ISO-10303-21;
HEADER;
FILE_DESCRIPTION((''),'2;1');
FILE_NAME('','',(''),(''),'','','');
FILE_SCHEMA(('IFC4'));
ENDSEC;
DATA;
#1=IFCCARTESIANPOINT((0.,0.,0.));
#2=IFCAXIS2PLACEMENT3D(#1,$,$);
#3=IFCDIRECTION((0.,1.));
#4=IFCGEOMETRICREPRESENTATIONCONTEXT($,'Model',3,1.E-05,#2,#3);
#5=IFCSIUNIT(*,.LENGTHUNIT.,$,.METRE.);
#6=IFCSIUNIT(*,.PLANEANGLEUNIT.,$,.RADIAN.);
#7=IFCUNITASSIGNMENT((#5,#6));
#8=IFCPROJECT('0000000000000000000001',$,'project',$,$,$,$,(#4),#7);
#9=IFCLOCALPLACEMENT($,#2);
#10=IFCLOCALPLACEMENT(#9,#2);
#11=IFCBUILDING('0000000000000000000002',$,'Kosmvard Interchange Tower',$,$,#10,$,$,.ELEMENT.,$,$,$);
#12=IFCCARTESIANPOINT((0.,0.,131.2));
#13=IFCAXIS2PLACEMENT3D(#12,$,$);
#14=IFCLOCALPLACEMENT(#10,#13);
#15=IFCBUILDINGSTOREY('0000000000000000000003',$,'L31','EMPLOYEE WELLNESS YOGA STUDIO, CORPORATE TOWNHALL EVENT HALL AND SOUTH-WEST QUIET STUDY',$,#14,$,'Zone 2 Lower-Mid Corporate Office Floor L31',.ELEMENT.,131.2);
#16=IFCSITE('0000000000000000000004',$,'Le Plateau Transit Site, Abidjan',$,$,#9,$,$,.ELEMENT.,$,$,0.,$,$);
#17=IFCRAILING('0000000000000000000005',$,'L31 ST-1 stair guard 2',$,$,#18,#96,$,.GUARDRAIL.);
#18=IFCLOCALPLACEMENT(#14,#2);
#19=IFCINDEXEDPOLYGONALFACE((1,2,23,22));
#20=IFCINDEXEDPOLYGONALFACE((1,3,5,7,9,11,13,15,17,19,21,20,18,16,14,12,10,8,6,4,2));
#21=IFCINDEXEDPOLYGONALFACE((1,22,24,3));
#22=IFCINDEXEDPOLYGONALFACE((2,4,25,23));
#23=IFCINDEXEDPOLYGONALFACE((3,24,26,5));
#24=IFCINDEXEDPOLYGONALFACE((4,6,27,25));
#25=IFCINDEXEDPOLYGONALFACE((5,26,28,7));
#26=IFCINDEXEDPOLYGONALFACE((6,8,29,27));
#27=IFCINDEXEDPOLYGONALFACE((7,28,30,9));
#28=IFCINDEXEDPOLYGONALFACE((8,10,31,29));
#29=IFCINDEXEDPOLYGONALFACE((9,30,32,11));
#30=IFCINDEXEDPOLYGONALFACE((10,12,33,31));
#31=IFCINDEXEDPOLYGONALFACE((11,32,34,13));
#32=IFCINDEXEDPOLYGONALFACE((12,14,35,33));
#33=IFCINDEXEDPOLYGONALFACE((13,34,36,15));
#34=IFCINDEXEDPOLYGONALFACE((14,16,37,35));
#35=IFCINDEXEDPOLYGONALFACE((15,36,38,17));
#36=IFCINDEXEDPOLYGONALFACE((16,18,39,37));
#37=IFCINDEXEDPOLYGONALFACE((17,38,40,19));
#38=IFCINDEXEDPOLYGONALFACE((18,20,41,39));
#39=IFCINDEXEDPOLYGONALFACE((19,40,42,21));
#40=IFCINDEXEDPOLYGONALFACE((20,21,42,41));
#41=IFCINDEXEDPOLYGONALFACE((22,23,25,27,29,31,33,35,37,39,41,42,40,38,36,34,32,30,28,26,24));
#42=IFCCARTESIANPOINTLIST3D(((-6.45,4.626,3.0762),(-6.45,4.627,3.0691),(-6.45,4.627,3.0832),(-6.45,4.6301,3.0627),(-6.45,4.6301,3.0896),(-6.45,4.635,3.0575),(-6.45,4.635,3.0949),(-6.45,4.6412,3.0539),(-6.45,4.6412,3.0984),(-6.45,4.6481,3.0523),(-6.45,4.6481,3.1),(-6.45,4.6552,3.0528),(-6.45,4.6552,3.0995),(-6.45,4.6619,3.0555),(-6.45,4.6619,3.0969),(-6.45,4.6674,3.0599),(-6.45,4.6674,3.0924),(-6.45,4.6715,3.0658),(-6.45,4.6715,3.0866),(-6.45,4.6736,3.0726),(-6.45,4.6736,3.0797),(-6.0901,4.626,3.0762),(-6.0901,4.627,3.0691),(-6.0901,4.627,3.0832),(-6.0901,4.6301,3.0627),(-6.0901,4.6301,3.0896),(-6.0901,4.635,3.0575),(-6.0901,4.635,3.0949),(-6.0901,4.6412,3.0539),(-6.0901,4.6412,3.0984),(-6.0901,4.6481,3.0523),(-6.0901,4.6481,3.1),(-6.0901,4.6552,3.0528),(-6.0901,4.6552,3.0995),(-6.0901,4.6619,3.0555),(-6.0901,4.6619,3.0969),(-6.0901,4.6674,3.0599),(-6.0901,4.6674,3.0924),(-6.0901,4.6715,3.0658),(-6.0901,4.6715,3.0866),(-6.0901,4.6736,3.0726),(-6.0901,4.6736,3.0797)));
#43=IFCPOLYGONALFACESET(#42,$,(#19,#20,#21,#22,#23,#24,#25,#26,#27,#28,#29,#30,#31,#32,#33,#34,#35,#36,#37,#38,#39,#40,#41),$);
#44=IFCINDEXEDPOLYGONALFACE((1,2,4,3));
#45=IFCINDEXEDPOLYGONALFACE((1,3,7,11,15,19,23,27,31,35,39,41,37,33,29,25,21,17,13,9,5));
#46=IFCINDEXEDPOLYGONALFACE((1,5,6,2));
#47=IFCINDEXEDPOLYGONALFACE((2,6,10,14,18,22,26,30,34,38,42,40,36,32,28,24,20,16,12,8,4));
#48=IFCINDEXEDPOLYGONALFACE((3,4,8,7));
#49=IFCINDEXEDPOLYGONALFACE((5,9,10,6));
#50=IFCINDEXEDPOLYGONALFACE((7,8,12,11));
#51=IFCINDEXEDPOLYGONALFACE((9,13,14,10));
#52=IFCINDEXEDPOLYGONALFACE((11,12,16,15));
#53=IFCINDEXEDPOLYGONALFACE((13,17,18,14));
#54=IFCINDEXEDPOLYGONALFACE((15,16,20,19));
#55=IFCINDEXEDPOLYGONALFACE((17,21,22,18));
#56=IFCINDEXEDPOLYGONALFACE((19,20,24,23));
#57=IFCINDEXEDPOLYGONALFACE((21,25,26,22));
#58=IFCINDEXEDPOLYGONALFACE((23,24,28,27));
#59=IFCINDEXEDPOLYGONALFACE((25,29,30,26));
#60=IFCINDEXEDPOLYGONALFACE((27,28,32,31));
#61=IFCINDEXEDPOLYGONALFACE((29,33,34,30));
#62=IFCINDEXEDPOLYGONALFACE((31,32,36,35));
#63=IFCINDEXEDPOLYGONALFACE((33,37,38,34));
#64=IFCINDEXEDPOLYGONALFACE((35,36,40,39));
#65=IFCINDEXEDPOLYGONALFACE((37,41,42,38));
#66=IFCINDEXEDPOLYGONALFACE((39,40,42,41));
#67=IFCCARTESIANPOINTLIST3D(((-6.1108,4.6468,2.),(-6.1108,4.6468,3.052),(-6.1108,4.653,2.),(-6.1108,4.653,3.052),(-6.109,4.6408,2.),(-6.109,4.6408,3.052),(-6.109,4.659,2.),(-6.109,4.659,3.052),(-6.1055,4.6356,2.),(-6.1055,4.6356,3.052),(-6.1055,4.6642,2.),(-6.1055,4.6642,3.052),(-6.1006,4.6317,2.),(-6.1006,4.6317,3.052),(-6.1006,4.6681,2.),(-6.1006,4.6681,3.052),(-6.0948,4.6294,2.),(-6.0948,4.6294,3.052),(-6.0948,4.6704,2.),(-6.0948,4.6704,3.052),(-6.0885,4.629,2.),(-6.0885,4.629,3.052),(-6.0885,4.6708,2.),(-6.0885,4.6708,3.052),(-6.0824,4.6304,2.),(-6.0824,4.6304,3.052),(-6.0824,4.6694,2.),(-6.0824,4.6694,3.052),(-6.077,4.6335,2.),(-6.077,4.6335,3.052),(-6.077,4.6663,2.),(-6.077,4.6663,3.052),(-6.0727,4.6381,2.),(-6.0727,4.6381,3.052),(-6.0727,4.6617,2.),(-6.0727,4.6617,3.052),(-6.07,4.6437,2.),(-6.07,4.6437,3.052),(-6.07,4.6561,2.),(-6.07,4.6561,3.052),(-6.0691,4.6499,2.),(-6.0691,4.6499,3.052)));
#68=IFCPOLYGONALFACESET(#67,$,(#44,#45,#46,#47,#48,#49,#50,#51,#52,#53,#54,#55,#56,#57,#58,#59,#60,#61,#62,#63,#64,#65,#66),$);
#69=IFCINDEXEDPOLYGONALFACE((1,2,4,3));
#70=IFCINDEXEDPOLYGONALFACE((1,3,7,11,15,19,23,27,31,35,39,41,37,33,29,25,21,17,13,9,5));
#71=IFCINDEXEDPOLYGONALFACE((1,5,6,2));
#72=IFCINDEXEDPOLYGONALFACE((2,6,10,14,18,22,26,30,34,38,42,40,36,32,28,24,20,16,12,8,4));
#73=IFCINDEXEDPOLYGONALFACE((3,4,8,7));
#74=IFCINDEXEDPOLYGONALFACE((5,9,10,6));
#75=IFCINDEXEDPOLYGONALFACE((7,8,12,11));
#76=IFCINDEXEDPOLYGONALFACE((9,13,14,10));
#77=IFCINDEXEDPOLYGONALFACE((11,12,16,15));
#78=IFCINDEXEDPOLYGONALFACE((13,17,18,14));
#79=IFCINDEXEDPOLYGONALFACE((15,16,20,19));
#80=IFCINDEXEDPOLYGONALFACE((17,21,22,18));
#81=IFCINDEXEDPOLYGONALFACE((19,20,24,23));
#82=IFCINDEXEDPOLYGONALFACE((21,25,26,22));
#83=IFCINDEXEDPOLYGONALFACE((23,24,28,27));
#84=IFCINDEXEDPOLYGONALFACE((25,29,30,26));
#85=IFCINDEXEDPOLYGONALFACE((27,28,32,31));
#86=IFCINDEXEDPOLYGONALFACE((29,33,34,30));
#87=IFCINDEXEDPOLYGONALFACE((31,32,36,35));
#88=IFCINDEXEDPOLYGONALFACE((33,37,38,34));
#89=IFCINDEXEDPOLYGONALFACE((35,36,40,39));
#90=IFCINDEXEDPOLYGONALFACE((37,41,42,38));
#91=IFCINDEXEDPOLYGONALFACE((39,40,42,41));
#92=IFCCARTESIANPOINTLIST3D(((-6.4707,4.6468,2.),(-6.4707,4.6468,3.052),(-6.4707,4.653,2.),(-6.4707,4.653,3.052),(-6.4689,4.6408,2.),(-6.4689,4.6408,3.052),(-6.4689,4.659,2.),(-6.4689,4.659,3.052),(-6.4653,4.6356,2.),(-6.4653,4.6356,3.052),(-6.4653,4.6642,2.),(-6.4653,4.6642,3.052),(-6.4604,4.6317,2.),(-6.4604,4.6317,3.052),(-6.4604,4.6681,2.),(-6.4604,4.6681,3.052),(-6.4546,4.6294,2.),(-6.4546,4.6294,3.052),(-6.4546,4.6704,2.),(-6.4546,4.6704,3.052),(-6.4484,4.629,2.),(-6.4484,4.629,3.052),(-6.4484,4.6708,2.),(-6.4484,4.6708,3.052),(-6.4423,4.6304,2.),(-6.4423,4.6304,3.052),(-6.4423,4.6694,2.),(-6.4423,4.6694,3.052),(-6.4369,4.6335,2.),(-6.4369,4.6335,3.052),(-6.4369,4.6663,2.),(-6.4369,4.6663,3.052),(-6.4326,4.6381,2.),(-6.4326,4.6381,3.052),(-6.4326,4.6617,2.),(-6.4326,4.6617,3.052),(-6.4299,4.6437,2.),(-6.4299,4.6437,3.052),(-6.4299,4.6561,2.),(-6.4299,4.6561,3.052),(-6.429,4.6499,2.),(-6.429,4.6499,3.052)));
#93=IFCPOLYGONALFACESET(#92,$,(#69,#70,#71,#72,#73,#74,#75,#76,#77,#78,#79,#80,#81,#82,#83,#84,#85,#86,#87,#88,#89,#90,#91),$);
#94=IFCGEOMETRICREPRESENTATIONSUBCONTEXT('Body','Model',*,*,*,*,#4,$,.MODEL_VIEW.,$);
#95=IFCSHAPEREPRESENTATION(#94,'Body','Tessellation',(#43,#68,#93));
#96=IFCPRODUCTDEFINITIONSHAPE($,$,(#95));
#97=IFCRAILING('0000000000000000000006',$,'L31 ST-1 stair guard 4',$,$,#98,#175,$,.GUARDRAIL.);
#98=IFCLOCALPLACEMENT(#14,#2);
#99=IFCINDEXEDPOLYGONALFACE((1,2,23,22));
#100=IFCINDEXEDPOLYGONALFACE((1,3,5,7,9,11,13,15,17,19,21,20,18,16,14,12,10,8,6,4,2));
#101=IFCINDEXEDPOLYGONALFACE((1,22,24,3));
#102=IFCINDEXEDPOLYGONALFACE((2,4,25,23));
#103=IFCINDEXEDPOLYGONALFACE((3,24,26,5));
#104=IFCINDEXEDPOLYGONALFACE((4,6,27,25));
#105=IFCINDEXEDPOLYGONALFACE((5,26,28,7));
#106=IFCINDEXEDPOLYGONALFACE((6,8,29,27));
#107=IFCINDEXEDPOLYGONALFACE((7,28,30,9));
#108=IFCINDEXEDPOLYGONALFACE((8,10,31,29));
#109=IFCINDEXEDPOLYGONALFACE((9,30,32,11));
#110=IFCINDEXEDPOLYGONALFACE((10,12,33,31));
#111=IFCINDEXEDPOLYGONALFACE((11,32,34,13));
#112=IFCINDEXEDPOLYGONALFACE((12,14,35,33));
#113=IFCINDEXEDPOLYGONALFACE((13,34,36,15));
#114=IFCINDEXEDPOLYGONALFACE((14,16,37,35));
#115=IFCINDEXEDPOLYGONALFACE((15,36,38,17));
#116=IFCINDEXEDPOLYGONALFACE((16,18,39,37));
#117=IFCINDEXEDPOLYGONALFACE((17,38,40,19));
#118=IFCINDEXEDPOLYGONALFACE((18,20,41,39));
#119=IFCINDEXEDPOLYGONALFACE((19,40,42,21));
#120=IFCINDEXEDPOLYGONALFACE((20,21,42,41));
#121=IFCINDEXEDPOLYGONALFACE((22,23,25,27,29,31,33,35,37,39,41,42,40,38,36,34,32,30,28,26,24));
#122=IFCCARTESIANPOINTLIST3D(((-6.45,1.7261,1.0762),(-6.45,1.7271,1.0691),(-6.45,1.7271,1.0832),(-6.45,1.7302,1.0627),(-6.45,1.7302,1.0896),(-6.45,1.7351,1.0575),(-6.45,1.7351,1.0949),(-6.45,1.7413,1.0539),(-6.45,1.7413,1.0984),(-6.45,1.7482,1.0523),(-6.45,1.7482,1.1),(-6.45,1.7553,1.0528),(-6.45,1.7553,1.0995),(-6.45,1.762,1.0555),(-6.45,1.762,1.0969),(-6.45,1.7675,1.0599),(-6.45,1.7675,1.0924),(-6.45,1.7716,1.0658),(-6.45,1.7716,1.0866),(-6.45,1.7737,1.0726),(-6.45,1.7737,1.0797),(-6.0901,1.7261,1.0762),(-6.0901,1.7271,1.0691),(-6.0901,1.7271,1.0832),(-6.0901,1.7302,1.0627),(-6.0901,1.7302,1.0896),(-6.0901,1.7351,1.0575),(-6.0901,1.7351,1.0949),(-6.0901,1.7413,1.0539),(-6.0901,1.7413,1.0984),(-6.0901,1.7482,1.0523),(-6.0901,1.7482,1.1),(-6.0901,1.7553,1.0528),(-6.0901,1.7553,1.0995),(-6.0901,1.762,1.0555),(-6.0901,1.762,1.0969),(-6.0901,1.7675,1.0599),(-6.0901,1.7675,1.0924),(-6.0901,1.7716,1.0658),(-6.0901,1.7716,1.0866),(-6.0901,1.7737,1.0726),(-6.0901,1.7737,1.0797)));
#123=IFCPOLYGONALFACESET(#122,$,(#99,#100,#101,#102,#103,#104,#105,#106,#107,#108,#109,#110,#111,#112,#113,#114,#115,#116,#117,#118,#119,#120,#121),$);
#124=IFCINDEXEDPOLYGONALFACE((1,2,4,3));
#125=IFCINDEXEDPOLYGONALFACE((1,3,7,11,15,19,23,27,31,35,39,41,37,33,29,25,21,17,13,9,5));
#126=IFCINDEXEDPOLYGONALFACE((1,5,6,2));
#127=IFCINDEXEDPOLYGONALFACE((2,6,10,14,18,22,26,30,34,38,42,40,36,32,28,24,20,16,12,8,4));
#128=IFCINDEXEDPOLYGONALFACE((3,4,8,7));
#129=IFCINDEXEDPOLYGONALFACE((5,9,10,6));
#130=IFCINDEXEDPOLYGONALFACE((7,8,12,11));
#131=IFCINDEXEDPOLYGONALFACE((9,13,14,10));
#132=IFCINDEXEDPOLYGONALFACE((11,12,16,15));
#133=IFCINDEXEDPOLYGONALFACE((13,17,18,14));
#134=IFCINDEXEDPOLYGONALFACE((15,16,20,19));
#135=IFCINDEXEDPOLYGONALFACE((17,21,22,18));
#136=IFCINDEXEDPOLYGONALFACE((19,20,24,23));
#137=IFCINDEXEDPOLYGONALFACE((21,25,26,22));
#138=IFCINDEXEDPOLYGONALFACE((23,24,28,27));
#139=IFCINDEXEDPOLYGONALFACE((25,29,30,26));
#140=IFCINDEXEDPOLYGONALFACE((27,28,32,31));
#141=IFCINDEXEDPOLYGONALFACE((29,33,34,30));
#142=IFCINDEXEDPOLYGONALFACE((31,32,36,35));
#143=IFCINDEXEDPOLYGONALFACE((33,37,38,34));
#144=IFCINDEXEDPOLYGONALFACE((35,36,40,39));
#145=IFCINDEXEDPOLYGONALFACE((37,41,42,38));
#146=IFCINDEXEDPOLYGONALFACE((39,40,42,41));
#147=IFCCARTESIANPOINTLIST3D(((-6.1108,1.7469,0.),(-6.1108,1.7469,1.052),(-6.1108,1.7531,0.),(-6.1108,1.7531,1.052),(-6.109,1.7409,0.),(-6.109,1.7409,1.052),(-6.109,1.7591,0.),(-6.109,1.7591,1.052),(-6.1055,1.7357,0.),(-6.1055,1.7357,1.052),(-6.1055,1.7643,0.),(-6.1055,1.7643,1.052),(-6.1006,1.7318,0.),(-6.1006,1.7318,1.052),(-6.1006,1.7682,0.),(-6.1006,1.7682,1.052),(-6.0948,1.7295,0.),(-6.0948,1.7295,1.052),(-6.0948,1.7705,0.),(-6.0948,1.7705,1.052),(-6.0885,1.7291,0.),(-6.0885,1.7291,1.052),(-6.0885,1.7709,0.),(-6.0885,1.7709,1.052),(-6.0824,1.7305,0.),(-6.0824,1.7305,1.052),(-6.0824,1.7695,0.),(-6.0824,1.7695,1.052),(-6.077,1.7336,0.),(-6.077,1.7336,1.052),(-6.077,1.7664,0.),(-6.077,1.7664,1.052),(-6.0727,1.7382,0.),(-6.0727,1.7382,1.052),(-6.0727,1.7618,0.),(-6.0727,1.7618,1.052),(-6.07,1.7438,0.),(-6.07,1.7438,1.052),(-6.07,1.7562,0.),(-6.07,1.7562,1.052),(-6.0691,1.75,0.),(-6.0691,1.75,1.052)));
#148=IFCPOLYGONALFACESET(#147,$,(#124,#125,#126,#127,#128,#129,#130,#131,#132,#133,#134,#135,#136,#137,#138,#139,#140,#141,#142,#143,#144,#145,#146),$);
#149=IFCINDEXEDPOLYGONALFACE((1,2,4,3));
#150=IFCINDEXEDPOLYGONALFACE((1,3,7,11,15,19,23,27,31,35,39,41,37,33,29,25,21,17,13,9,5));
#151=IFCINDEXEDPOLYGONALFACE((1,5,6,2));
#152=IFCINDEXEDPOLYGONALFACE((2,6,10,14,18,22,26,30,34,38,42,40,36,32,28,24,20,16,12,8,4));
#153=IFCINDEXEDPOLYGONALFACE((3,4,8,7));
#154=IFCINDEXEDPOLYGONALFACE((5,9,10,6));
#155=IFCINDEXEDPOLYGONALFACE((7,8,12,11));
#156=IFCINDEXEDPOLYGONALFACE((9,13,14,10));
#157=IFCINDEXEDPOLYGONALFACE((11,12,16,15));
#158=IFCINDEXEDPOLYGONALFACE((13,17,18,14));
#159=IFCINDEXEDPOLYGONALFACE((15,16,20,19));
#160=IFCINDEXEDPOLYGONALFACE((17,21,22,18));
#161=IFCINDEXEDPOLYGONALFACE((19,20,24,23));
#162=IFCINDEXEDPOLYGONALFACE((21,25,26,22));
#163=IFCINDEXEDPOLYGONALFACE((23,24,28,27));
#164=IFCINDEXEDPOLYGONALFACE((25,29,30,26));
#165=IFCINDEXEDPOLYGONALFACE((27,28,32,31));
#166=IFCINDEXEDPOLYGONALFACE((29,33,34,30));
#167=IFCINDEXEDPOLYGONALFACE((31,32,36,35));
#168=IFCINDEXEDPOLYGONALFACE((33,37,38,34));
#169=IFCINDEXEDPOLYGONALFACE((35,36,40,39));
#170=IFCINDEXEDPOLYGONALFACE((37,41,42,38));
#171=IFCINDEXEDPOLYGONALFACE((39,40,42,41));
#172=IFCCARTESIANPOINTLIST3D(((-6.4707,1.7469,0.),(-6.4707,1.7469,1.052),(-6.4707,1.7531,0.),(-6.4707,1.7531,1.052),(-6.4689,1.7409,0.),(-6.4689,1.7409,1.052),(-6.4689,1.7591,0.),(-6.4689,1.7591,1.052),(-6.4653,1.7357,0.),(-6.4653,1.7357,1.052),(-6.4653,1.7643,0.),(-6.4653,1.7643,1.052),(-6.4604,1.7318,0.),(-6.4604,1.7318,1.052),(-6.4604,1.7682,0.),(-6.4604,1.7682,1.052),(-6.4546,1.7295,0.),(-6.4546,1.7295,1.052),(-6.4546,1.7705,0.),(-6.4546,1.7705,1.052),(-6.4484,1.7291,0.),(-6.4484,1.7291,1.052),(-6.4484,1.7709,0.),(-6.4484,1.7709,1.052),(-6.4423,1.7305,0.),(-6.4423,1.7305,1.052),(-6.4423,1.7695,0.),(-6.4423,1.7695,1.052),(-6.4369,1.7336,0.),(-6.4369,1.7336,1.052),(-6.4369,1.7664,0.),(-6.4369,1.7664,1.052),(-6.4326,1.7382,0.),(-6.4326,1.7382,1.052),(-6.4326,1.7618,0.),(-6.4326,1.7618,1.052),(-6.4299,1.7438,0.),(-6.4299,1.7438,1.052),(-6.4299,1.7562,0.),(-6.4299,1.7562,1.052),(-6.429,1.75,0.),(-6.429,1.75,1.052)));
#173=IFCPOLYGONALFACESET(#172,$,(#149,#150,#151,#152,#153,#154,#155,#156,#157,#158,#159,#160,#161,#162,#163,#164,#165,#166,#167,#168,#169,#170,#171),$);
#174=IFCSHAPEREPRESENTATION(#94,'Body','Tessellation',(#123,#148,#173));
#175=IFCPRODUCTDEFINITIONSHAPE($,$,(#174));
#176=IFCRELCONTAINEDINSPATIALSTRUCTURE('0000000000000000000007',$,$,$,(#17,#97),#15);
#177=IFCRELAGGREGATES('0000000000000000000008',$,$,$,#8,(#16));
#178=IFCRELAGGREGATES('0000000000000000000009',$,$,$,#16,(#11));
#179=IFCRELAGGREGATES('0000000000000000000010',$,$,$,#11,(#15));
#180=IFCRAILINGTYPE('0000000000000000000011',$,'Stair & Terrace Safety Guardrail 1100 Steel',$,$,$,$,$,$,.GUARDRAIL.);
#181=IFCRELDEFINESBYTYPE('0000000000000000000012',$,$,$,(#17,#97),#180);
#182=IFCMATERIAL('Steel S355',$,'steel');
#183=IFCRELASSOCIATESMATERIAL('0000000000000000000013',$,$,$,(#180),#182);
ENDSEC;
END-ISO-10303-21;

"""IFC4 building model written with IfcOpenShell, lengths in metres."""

from ifc_helpers import new_model, si_unit, direction, frame, origin, origin_2d, place, context, subcontext, project, spatial, circle, extrude, source, transform, mapped, material, type_object, element, save


model = new_model("IFC4")

# Units and contexts
model_context = context("Model", 3, precision=1e-05, world=origin(), true_north=direction((0.0, 1.0)))
body_context = subcontext(model_context, "Body", "Model", "MODEL_VIEW")
ifc_project = project(units=[si_unit("LENGTHUNIT", "METRE"), si_unit("PLANEANGLEUNIT", "RADIAN")], contexts=[model_context])

# Site, building, storey
site_placement = place(None, origin())
site = spatial("IfcSite", under=ifc_project, at=site_placement, Name="Le Plateau Transit Site, Abidjan", CompositionType="ELEMENT", RefElevation=0.0)
building_placement = place(site_placement, origin())
building = spatial("IfcBuilding", under=site, at=building_placement, Name="Kosmvard Interchange Tower", CompositionType="ELEMENT")
storey_placement = place(building_placement, frame((0.0, 0.0, 131.2)))
storey = spatial("IfcBuildingStorey", under=building, at=storey_placement, Name="L31", Description="EMPLOYEE WELLNESS YOGA STUDIO, CORPORATE TOWNHALL EVENT HALL AND SOUTH-WEST QUIET STUDY", LongName="Zone 2 Lower-Mid Corporate Office Floor L31", CompositionType="ELEMENT", Elevation=131.2)

# Shared definitions
ifc_material_1 = material(Name="Steel S355", Category="steel")

# Railings
railing_type_1 = type_object("IfcRailingType", Name="Stair & Terrace Safety Guardrail 1100 Steel", PredefinedType="GUARDRAIL", material=ifc_material_1)
shared_shape_1 = source(origin(), body_context, "Body", "SweptSolid", [
    extrude(circle(Radius=0.0239, at=origin_2d()), frame((0.0, 0.0, 1.0762), z_axis=(-1.0, 0.0, 0.0), x_axis=(0.0, -1.0, 0.0)), (0.0, 0.0, 1.0), 0.3599),
    extrude(circle(Radius=0.021, at=origin_2d()), origin(), (0.0, 0.0, 1.0), 1.052),
    extrude(circle(Radius=0.021, at=origin_2d()), frame((-0.3599, 0.0, 0.0)), (0.0, 0.0, 1.0), 1.052),
])
for number, where, name in (
    (1, (-6.0901, 4.6499, 2.0), "L31 ST-1 stair guard 2"),
    (2, (-6.0901, 1.75, 0.0), "L31 ST-1 stair guard 4"),
):
    element("IfcRailing", number, at=place(storey_placement, frame(where)), inside=storey, type_object=railing_type_1, Name=name, PredefinedType="GUARDRAIL", context=body_context, shape_type="MappedRepresentation", body=[
        mapped(shared_shape_1, transform((0.0, 0.0, 0.0), scale=1.0)),
    ])

save(model, "model.ifc")
